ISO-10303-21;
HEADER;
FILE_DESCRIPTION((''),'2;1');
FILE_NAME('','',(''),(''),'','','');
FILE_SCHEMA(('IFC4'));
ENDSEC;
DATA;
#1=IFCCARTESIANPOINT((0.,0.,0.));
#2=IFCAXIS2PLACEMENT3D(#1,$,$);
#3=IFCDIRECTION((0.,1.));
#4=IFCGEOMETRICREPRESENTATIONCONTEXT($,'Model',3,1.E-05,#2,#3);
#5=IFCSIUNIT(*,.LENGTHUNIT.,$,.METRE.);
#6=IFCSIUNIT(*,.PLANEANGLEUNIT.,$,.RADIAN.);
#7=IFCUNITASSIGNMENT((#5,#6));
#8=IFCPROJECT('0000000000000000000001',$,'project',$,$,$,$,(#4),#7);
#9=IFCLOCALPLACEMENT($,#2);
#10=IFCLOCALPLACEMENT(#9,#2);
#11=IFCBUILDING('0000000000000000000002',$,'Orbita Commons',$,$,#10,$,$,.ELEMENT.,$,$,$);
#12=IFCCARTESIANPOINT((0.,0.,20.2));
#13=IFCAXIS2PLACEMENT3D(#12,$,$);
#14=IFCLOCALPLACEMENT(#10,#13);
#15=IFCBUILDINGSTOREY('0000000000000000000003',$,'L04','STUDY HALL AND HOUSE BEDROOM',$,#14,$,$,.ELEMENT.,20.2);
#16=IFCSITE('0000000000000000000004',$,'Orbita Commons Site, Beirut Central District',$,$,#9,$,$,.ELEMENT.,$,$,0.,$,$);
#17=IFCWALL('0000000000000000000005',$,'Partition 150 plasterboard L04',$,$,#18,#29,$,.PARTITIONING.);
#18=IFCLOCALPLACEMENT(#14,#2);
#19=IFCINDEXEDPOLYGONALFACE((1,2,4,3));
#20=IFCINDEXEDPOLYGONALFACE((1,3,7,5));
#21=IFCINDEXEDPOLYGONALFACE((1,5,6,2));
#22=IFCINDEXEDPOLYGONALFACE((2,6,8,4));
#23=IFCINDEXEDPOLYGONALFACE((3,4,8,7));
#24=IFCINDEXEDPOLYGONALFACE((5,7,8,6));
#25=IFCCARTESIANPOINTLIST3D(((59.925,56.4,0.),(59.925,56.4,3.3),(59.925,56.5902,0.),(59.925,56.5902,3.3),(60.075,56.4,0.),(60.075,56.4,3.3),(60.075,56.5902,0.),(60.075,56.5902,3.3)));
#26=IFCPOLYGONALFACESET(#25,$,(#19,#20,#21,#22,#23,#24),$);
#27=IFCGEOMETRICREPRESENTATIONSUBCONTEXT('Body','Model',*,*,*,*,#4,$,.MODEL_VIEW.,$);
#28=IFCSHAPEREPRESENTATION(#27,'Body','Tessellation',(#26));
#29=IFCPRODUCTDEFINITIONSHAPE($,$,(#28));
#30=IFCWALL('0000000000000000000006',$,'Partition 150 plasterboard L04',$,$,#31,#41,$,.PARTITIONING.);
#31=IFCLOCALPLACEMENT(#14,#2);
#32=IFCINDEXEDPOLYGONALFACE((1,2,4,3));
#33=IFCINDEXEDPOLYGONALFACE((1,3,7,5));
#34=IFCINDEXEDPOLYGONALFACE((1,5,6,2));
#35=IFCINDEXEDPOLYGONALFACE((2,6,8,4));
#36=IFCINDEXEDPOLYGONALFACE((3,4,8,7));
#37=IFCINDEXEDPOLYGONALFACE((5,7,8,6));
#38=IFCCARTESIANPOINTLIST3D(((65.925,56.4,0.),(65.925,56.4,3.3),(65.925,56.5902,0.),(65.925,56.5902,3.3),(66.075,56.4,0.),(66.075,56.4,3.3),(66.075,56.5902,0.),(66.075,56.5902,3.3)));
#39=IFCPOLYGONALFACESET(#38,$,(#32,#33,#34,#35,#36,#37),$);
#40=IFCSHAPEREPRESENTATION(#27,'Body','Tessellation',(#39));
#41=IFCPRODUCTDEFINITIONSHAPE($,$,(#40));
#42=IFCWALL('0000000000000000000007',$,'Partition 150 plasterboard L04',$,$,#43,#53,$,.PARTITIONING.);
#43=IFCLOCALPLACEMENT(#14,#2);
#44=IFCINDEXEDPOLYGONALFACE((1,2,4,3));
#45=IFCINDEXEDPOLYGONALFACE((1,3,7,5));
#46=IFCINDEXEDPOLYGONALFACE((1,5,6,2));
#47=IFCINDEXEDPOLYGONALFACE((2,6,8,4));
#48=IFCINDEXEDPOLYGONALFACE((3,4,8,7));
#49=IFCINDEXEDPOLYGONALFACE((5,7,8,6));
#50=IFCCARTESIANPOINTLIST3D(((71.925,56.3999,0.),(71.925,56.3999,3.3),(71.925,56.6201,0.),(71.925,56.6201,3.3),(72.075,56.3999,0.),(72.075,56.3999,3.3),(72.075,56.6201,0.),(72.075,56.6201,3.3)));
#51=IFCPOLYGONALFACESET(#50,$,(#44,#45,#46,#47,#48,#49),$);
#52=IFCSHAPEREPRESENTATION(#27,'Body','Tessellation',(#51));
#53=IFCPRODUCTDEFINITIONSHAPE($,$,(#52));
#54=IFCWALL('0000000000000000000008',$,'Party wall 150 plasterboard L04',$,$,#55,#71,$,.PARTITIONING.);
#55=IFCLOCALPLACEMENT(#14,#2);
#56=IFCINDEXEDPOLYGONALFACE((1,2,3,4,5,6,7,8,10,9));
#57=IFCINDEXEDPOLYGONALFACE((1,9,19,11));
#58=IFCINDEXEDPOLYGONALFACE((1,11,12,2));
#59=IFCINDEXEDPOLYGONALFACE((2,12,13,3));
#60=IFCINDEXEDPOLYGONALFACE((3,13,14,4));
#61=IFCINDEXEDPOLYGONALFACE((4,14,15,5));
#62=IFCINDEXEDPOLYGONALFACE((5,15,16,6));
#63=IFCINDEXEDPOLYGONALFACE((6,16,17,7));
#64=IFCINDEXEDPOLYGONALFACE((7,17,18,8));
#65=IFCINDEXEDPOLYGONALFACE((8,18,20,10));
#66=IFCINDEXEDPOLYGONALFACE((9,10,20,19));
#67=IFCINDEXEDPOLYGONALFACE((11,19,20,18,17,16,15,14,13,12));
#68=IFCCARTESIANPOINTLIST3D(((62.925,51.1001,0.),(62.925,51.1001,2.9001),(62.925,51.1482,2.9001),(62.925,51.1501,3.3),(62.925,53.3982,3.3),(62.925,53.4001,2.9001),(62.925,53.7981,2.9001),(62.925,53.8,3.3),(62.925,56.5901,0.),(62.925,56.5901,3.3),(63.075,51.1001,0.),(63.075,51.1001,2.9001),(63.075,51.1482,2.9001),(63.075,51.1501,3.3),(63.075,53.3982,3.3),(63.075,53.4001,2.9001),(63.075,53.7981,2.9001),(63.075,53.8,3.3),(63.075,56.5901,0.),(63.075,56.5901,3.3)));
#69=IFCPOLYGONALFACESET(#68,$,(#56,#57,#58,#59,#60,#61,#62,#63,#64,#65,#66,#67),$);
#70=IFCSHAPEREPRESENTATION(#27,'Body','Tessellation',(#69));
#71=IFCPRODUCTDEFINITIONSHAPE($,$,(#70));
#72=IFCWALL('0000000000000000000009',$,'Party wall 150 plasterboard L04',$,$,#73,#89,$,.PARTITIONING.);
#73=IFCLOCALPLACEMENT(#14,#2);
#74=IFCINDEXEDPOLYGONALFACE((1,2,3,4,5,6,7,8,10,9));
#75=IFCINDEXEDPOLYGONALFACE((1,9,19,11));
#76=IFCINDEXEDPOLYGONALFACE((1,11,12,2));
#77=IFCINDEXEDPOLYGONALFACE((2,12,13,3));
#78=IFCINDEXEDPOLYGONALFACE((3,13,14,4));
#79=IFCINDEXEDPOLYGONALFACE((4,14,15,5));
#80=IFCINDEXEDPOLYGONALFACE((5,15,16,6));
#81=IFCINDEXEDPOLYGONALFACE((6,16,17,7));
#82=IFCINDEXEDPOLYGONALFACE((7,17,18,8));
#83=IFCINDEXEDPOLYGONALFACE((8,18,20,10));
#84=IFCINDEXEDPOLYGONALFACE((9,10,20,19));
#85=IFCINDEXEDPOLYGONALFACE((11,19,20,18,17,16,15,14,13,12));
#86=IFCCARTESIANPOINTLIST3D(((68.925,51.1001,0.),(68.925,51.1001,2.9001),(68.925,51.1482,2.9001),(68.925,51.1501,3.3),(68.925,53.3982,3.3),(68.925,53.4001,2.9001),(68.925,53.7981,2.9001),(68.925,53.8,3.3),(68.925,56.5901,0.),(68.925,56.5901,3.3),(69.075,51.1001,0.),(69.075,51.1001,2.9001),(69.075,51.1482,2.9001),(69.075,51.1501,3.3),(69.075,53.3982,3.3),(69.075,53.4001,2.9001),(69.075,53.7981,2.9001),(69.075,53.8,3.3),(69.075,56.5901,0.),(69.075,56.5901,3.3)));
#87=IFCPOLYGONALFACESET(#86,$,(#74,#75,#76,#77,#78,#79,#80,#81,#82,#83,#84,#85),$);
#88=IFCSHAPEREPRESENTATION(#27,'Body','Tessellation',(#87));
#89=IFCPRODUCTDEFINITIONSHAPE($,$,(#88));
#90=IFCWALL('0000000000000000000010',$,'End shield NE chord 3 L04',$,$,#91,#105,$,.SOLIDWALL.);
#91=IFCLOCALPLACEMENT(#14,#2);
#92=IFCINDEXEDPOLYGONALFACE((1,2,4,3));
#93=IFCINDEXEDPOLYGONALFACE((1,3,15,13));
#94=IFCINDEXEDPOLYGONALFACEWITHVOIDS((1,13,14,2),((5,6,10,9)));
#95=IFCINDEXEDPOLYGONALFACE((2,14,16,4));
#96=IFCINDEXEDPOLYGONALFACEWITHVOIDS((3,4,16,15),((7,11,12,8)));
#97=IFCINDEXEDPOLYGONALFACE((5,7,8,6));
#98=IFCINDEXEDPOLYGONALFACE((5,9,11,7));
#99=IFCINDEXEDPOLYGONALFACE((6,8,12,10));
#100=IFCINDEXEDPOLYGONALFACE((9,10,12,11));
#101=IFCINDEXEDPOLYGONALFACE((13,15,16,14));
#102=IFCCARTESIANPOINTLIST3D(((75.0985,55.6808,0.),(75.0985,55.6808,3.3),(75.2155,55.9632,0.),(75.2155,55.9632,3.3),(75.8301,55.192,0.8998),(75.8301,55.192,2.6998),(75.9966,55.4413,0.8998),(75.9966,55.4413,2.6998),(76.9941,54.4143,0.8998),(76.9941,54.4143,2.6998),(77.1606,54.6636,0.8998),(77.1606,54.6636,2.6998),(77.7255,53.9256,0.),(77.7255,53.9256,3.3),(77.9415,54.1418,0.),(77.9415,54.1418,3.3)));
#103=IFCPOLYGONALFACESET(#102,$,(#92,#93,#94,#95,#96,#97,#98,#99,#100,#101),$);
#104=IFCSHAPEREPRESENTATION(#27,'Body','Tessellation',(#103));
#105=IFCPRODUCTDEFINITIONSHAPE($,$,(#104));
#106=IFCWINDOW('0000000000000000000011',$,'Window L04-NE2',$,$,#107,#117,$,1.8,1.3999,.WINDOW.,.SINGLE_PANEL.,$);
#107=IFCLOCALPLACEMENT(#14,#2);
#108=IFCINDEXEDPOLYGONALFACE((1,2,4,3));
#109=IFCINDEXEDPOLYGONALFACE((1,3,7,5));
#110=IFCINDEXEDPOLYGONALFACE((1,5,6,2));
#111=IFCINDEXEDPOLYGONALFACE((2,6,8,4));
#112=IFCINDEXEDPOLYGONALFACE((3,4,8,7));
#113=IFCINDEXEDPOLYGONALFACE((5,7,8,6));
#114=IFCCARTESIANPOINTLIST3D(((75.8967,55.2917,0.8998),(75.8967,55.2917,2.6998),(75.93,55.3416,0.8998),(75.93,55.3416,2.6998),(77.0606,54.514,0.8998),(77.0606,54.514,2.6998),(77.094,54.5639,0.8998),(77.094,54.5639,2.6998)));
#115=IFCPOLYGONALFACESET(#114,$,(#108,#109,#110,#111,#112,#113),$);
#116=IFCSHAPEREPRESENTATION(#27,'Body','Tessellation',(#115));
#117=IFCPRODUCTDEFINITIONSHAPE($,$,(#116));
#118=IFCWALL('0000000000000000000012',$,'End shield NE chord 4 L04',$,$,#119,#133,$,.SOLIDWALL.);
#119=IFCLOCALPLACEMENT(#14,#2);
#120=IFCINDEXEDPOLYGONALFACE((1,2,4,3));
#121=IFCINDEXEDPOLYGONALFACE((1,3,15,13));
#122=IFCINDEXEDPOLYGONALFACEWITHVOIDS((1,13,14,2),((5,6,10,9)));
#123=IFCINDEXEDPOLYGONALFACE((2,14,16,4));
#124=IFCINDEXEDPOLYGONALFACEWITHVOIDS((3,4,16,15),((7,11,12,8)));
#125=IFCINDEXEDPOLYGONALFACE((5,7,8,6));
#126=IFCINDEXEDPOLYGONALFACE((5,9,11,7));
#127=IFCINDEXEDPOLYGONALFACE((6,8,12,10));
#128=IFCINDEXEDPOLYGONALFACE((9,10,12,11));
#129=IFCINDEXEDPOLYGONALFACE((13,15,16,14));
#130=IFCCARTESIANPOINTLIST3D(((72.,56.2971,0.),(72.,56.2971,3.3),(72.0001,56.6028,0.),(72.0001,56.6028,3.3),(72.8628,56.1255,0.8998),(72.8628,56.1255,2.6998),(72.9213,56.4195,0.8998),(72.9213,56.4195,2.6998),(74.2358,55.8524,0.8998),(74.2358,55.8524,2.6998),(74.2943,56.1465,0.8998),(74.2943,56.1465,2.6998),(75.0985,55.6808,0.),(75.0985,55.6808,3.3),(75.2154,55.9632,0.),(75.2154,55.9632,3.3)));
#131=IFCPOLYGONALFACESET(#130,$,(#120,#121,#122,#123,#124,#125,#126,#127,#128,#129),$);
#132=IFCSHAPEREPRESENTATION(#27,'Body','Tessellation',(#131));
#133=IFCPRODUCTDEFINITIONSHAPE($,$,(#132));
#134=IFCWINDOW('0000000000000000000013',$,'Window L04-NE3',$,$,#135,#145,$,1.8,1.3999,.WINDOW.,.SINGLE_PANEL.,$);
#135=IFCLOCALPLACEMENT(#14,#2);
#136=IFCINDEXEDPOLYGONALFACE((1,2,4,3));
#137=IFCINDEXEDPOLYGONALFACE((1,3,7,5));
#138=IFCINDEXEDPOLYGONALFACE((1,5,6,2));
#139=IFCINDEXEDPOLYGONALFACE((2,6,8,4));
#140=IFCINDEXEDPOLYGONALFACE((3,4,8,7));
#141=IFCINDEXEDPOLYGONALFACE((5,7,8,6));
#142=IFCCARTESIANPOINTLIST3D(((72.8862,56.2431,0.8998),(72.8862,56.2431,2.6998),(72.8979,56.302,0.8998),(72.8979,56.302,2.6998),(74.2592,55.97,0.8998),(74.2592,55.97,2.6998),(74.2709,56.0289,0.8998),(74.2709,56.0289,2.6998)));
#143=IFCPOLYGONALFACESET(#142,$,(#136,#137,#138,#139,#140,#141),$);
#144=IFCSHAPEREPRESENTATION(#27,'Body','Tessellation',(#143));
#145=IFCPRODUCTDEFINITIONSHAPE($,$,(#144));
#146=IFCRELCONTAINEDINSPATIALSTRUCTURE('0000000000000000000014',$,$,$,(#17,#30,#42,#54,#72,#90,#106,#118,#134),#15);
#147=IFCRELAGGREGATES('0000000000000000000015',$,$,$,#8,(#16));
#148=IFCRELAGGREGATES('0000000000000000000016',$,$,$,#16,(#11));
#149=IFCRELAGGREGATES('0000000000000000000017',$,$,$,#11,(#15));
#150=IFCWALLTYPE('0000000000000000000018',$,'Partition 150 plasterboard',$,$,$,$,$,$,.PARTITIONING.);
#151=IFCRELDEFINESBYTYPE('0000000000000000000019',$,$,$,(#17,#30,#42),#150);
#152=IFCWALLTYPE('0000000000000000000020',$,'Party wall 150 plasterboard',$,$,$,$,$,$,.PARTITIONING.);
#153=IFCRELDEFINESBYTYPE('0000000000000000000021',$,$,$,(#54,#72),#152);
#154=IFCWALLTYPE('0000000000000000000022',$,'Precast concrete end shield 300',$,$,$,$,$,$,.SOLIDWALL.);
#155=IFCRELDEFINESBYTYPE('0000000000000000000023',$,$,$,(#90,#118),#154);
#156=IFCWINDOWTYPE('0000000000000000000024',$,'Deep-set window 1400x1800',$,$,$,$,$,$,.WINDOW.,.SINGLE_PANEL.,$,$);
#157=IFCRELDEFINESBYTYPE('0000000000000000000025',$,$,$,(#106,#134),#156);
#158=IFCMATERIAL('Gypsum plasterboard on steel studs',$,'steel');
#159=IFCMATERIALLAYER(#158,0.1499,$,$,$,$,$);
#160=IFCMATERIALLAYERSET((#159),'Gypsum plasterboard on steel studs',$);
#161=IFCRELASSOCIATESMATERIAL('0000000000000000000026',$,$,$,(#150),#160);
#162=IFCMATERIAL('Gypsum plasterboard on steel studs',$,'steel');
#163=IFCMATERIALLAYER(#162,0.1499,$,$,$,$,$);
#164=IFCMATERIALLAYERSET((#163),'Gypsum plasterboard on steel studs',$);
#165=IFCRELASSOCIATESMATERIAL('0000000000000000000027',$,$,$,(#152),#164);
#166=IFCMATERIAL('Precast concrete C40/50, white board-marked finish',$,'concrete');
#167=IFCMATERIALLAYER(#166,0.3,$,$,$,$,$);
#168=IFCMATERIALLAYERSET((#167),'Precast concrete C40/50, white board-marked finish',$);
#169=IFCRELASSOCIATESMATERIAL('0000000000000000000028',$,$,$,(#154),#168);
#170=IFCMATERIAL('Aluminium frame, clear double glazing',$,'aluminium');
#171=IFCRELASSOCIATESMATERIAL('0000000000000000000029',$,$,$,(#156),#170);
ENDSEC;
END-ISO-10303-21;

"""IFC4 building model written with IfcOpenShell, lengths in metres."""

from ifc_helpers import new_model, si_unit, direction, frame, frame_2d, origin, place, context, subcontext, project, spatial, polyline, rectangle, outline, extrude, material, layer, layer_set, type_object, element, fill, save


model = new_model("IFC4")

# Units and contexts
model_context = context("Model", 3, precision=1e-05, world=origin(), true_north=direction((0.0, 1.0)))
body_context = subcontext(model_context, "Body", "Model", "MODEL_VIEW")
ifc_project = project(units=[si_unit("LENGTHUNIT", "METRE"), si_unit("PLANEANGLEUNIT", "RADIAN")], contexts=[model_context])

# Site, building, storey
site_placement = place(None, origin())
site = spatial("IfcSite", under=ifc_project, at=site_placement, Name="Orbita Commons Site, Beirut Central District", CompositionType="ELEMENT", RefElevation=0.0)
building_placement = place(site_placement, origin())
building = spatial("IfcBuilding", under=site, at=building_placement, Name="Orbita Commons", CompositionType="ELEMENT")
storey_placement = place(building_placement, frame((0.0, 0.0, 20.2)))
storey = spatial("IfcBuildingStorey", under=building, at=storey_placement, Name="L04", Description="STUDY HALL AND HOUSE BEDROOM", CompositionType="ELEMENT", Elevation=20.2)

# Walls
ifc_material_1 = material(Name="Gypsum plasterboard on steel studs", Category="steel")
ifc_layer_1 = layer(ifc_material_1, 0.1499)
ifc_layer_set_1 = layer_set([ifc_layer_1], Name="Gypsum plasterboard on steel studs")
wall_type_1 = type_object("IfcWallType", Name="Partition 150 plasterboard", PredefinedType="PARTITIONING", material=ifc_layer_set_1)
for number, where, z_axis, x_axis, name in (
    (1, (60.0, 56.3999, 0.0), (0.0, 0.0, 1.0), (0.0, 1.0, 0.0), "Partition 150 plasterboard L04"),
    (2, (66.0, 56.3999, 0.0), (0.0, 0.0, 1.0), (0.0, 1.0, 0.0), "Partition 150 plasterboard L04"),
):
    element("IfcWall", number, at=place(storey_placement, frame(where, z_axis=z_axis, x_axis=x_axis)), inside=storey, type_object=wall_type_1, Name=name, PredefinedType="PARTITIONING", context=body_context, shape_type="SweptSolid", body=[
        extrude(rectangle(XDim=0.1902, YDim=0.1499, at=frame_2d((0.0952, 0.0))), origin(), (0.0, 0.0, 1.0), 3.3),
    ])
wall_1_placement = place(storey_placement, frame((72.0, 56.3999, 0.0), z_axis=(0.0, 0.0, 1.0), x_axis=(0.0, 1.0, 0.0)))
element("IfcWall", 3, at=wall_1_placement, inside=storey, type_object=wall_type_1, Name="Partition 150 plasterboard L04", PredefinedType="PARTITIONING", context=body_context, shape_type="SweptSolid", body=[
    extrude(rectangle(XDim=0.2202, YDim=0.1499, at=frame_2d((0.1101, 0.0))), origin(), (0.0, 0.0, 1.0), 3.3),
])
ifc_material_2 = material(Name="Gypsum plasterboard on steel studs", Category="steel")
ifc_layer_2 = layer(ifc_material_2, 0.1499)
ifc_layer_set_2 = layer_set([ifc_layer_2], Name="Gypsum plasterboard on steel studs")
wall_type_2 = type_object("IfcWallType", Name="Party wall 150 plasterboard", PredefinedType="PARTITIONING", material=ifc_layer_set_2)
for number, where, z_axis, x_axis, name in (
    (4, (63.0, 56.5901, 0.0), (0.0, 0.0, 1.0), (0.0, -1.0, 0.0), "Party wall 150 plasterboard L04"),
    (5, (69.0, 56.5901, 0.0), (0.0, 0.0, 1.0), (0.0, -1.0, 0.0), "Party wall 150 plasterboard L04"),
):
    element("IfcWall", number, at=place(storey_placement, frame(where, z_axis=z_axis, x_axis=x_axis)), inside=storey, type_object=wall_type_2, Name=name, PredefinedType="PARTITIONING", context=body_context, shape_type="SweptSolid", body=[
        extrude(outline(polyline([(0.0, 0.0), (5.49, 0.0), (5.49, 2.9001), (5.4419, 2.9001), (5.4399, 3.3), (3.1919, 3.3), (3.1899, 2.9001), (2.792, 2.9001), (2.79, 3.3), (0.0, 3.3), (0.0, 0.0)])), frame((0.0, 0.075, 0.0), z_axis=(0.0, -1.0, 0.0), x_axis=(1.0, 0.0, 0.0)), (0.0, 0.0, 1.0), 0.1499),
    ])

# Walls, openings, windows
ifc_material_3 = material(Name="Precast concrete C40/50, white board-marked finish", Category="concrete")
ifc_layer_3 = layer(ifc_material_3, 0.3)
ifc_layer_set_3 = layer_set([ifc_layer_3], Name="Precast concrete C40/50, white board-marked finish")
wall_type_3 = type_object("IfcWallType", Name="Precast concrete end shield 300", PredefinedType="SOLIDWALL", material=ifc_layer_set_3)
wall_2_placement = place(storey_placement, frame((77.8335, 54.0337, 0.0), z_axis=(0.0, 0.0, 1.0), x_axis=(-0.831478, 0.555558, 0.0)))
wall_2 = element("IfcWall", 6, at=wall_2_placement, inside=storey, type_object=wall_type_3, Name="End shield NE chord 3 L04", PredefinedType="SOLIDWALL", context=body_context, shape_type="SweptSolid", body=[
    extrude(outline(polyline([(-0.0298, -0.1499), (3.2488, -0.1499), (3.1892, 0.1499), (0.0298, 0.1499), (-0.0298, -0.1499)])), origin(), (0.0, 0.0, 1.0), 3.3),
])
opening_1_placement = place(wall_2_placement, frame((0.9094, 0.0, 0.8999)))
opening_1 = element("IfcOpeningElement", 7, at=opening_1_placement, cuts=wall_2, PredefinedType="OPENING", context=body_context, shape_type="SweptSolid", body=[
    extrude(rectangle(XDim=1.3999, YDim=1.8, at=frame_2d((0.7, 0.8999))), frame((0.0, 0.1599, 0.0), z_axis=(0.0, -1.0, 0.0), x_axis=(1.0, 0.0, 0.0)), (0.0, 0.0, 1.0), 0.3201),
])
ifc_material_4 = material(Name="Aluminium frame, clear double glazing", Category="aluminium")
window_type = type_object("IfcWindowType", Name="Deep-set window 1400x1800", PartitioningType="SINGLE_PANEL", PredefinedType="WINDOW", material=ifc_material_4)
window_1_placement = place(opening_1_placement, origin())
window_1 = element("IfcWindow", 8, at=window_1_placement, inside=storey, type_object=window_type, Name="Window L04-NE2", OverallHeight=1.8, OverallWidth=1.3999, PartitioningType="SINGLE_PANEL", PredefinedType="WINDOW", context=body_context, shape_type="SweptSolid", body=[
    extrude(rectangle(XDim=1.3999, YDim=1.8, at=frame_2d((0.7, 0.8999))), frame((0.0, 0.03, 0.0), z_axis=(0.0, -1.0, 0.0), x_axis=(1.0, 0.0, 0.0)), (0.0, 0.0, 1.0), 0.0601),
])
fill(opening_1, window_1)
wall_3_placement = place(storey_placement, frame((75.157, 55.822, 0.0), z_axis=(0.0, 0.0, 1.0), x_axis=(-0.980787, 0.19508, 0.0)))
wall_3 = element("IfcWall", 9, at=wall_3_placement, inside=storey, type_object=wall_type_3, Name="End shield NE chord 4 L04", PredefinedType="SOLIDWALL", context=body_context, shape_type="SweptSolid", body=[
    extrude(outline(polyline([(-0.0298, -0.1499), (3.2485, -0.1499), (3.189, 0.1499), (0.0298, 0.1499), (-0.0298, -0.1499)])), origin(), (0.0, 0.0, 1.0), 3.3),
])
opening_2_placement = place(wall_3_placement, frame((0.9094, 0.0, 0.8999)))
opening_2 = element("IfcOpeningElement", 10, at=opening_2_placement, cuts=wall_3, PredefinedType="OPENING", context=body_context, shape_type="SweptSolid", body=[
    extrude(rectangle(XDim=1.3999, YDim=1.8, at=frame_2d((0.7, 0.8999))), frame((0.0, 0.1599, 0.0), z_axis=(0.0, -1.0, 0.0), x_axis=(1.0, 0.0, 0.0)), (0.0, 0.0, 1.0), 0.3201),
])
window_2_placement = place(opening_2_placement, origin())
window_2 = element("IfcWindow", 11, at=window_2_placement, inside=storey, type_object=window_type, Name="Window L04-NE3", OverallHeight=1.8, OverallWidth=1.3999, PartitioningType="SINGLE_PANEL", PredefinedType="WINDOW", context=body_context, shape_type="SweptSolid", body=[
    extrude(rectangle(XDim=1.3999, YDim=1.8, at=frame_2d((0.7, 0.8999))), frame((0.0, 0.03, 0.0), z_axis=(0.0, -1.0, 0.0), x_axis=(1.0, 0.0, 0.0)), (0.0, 0.0, 1.0), 0.0601),
])
fill(opening_2, window_2)

save(model, "model.ifc")
